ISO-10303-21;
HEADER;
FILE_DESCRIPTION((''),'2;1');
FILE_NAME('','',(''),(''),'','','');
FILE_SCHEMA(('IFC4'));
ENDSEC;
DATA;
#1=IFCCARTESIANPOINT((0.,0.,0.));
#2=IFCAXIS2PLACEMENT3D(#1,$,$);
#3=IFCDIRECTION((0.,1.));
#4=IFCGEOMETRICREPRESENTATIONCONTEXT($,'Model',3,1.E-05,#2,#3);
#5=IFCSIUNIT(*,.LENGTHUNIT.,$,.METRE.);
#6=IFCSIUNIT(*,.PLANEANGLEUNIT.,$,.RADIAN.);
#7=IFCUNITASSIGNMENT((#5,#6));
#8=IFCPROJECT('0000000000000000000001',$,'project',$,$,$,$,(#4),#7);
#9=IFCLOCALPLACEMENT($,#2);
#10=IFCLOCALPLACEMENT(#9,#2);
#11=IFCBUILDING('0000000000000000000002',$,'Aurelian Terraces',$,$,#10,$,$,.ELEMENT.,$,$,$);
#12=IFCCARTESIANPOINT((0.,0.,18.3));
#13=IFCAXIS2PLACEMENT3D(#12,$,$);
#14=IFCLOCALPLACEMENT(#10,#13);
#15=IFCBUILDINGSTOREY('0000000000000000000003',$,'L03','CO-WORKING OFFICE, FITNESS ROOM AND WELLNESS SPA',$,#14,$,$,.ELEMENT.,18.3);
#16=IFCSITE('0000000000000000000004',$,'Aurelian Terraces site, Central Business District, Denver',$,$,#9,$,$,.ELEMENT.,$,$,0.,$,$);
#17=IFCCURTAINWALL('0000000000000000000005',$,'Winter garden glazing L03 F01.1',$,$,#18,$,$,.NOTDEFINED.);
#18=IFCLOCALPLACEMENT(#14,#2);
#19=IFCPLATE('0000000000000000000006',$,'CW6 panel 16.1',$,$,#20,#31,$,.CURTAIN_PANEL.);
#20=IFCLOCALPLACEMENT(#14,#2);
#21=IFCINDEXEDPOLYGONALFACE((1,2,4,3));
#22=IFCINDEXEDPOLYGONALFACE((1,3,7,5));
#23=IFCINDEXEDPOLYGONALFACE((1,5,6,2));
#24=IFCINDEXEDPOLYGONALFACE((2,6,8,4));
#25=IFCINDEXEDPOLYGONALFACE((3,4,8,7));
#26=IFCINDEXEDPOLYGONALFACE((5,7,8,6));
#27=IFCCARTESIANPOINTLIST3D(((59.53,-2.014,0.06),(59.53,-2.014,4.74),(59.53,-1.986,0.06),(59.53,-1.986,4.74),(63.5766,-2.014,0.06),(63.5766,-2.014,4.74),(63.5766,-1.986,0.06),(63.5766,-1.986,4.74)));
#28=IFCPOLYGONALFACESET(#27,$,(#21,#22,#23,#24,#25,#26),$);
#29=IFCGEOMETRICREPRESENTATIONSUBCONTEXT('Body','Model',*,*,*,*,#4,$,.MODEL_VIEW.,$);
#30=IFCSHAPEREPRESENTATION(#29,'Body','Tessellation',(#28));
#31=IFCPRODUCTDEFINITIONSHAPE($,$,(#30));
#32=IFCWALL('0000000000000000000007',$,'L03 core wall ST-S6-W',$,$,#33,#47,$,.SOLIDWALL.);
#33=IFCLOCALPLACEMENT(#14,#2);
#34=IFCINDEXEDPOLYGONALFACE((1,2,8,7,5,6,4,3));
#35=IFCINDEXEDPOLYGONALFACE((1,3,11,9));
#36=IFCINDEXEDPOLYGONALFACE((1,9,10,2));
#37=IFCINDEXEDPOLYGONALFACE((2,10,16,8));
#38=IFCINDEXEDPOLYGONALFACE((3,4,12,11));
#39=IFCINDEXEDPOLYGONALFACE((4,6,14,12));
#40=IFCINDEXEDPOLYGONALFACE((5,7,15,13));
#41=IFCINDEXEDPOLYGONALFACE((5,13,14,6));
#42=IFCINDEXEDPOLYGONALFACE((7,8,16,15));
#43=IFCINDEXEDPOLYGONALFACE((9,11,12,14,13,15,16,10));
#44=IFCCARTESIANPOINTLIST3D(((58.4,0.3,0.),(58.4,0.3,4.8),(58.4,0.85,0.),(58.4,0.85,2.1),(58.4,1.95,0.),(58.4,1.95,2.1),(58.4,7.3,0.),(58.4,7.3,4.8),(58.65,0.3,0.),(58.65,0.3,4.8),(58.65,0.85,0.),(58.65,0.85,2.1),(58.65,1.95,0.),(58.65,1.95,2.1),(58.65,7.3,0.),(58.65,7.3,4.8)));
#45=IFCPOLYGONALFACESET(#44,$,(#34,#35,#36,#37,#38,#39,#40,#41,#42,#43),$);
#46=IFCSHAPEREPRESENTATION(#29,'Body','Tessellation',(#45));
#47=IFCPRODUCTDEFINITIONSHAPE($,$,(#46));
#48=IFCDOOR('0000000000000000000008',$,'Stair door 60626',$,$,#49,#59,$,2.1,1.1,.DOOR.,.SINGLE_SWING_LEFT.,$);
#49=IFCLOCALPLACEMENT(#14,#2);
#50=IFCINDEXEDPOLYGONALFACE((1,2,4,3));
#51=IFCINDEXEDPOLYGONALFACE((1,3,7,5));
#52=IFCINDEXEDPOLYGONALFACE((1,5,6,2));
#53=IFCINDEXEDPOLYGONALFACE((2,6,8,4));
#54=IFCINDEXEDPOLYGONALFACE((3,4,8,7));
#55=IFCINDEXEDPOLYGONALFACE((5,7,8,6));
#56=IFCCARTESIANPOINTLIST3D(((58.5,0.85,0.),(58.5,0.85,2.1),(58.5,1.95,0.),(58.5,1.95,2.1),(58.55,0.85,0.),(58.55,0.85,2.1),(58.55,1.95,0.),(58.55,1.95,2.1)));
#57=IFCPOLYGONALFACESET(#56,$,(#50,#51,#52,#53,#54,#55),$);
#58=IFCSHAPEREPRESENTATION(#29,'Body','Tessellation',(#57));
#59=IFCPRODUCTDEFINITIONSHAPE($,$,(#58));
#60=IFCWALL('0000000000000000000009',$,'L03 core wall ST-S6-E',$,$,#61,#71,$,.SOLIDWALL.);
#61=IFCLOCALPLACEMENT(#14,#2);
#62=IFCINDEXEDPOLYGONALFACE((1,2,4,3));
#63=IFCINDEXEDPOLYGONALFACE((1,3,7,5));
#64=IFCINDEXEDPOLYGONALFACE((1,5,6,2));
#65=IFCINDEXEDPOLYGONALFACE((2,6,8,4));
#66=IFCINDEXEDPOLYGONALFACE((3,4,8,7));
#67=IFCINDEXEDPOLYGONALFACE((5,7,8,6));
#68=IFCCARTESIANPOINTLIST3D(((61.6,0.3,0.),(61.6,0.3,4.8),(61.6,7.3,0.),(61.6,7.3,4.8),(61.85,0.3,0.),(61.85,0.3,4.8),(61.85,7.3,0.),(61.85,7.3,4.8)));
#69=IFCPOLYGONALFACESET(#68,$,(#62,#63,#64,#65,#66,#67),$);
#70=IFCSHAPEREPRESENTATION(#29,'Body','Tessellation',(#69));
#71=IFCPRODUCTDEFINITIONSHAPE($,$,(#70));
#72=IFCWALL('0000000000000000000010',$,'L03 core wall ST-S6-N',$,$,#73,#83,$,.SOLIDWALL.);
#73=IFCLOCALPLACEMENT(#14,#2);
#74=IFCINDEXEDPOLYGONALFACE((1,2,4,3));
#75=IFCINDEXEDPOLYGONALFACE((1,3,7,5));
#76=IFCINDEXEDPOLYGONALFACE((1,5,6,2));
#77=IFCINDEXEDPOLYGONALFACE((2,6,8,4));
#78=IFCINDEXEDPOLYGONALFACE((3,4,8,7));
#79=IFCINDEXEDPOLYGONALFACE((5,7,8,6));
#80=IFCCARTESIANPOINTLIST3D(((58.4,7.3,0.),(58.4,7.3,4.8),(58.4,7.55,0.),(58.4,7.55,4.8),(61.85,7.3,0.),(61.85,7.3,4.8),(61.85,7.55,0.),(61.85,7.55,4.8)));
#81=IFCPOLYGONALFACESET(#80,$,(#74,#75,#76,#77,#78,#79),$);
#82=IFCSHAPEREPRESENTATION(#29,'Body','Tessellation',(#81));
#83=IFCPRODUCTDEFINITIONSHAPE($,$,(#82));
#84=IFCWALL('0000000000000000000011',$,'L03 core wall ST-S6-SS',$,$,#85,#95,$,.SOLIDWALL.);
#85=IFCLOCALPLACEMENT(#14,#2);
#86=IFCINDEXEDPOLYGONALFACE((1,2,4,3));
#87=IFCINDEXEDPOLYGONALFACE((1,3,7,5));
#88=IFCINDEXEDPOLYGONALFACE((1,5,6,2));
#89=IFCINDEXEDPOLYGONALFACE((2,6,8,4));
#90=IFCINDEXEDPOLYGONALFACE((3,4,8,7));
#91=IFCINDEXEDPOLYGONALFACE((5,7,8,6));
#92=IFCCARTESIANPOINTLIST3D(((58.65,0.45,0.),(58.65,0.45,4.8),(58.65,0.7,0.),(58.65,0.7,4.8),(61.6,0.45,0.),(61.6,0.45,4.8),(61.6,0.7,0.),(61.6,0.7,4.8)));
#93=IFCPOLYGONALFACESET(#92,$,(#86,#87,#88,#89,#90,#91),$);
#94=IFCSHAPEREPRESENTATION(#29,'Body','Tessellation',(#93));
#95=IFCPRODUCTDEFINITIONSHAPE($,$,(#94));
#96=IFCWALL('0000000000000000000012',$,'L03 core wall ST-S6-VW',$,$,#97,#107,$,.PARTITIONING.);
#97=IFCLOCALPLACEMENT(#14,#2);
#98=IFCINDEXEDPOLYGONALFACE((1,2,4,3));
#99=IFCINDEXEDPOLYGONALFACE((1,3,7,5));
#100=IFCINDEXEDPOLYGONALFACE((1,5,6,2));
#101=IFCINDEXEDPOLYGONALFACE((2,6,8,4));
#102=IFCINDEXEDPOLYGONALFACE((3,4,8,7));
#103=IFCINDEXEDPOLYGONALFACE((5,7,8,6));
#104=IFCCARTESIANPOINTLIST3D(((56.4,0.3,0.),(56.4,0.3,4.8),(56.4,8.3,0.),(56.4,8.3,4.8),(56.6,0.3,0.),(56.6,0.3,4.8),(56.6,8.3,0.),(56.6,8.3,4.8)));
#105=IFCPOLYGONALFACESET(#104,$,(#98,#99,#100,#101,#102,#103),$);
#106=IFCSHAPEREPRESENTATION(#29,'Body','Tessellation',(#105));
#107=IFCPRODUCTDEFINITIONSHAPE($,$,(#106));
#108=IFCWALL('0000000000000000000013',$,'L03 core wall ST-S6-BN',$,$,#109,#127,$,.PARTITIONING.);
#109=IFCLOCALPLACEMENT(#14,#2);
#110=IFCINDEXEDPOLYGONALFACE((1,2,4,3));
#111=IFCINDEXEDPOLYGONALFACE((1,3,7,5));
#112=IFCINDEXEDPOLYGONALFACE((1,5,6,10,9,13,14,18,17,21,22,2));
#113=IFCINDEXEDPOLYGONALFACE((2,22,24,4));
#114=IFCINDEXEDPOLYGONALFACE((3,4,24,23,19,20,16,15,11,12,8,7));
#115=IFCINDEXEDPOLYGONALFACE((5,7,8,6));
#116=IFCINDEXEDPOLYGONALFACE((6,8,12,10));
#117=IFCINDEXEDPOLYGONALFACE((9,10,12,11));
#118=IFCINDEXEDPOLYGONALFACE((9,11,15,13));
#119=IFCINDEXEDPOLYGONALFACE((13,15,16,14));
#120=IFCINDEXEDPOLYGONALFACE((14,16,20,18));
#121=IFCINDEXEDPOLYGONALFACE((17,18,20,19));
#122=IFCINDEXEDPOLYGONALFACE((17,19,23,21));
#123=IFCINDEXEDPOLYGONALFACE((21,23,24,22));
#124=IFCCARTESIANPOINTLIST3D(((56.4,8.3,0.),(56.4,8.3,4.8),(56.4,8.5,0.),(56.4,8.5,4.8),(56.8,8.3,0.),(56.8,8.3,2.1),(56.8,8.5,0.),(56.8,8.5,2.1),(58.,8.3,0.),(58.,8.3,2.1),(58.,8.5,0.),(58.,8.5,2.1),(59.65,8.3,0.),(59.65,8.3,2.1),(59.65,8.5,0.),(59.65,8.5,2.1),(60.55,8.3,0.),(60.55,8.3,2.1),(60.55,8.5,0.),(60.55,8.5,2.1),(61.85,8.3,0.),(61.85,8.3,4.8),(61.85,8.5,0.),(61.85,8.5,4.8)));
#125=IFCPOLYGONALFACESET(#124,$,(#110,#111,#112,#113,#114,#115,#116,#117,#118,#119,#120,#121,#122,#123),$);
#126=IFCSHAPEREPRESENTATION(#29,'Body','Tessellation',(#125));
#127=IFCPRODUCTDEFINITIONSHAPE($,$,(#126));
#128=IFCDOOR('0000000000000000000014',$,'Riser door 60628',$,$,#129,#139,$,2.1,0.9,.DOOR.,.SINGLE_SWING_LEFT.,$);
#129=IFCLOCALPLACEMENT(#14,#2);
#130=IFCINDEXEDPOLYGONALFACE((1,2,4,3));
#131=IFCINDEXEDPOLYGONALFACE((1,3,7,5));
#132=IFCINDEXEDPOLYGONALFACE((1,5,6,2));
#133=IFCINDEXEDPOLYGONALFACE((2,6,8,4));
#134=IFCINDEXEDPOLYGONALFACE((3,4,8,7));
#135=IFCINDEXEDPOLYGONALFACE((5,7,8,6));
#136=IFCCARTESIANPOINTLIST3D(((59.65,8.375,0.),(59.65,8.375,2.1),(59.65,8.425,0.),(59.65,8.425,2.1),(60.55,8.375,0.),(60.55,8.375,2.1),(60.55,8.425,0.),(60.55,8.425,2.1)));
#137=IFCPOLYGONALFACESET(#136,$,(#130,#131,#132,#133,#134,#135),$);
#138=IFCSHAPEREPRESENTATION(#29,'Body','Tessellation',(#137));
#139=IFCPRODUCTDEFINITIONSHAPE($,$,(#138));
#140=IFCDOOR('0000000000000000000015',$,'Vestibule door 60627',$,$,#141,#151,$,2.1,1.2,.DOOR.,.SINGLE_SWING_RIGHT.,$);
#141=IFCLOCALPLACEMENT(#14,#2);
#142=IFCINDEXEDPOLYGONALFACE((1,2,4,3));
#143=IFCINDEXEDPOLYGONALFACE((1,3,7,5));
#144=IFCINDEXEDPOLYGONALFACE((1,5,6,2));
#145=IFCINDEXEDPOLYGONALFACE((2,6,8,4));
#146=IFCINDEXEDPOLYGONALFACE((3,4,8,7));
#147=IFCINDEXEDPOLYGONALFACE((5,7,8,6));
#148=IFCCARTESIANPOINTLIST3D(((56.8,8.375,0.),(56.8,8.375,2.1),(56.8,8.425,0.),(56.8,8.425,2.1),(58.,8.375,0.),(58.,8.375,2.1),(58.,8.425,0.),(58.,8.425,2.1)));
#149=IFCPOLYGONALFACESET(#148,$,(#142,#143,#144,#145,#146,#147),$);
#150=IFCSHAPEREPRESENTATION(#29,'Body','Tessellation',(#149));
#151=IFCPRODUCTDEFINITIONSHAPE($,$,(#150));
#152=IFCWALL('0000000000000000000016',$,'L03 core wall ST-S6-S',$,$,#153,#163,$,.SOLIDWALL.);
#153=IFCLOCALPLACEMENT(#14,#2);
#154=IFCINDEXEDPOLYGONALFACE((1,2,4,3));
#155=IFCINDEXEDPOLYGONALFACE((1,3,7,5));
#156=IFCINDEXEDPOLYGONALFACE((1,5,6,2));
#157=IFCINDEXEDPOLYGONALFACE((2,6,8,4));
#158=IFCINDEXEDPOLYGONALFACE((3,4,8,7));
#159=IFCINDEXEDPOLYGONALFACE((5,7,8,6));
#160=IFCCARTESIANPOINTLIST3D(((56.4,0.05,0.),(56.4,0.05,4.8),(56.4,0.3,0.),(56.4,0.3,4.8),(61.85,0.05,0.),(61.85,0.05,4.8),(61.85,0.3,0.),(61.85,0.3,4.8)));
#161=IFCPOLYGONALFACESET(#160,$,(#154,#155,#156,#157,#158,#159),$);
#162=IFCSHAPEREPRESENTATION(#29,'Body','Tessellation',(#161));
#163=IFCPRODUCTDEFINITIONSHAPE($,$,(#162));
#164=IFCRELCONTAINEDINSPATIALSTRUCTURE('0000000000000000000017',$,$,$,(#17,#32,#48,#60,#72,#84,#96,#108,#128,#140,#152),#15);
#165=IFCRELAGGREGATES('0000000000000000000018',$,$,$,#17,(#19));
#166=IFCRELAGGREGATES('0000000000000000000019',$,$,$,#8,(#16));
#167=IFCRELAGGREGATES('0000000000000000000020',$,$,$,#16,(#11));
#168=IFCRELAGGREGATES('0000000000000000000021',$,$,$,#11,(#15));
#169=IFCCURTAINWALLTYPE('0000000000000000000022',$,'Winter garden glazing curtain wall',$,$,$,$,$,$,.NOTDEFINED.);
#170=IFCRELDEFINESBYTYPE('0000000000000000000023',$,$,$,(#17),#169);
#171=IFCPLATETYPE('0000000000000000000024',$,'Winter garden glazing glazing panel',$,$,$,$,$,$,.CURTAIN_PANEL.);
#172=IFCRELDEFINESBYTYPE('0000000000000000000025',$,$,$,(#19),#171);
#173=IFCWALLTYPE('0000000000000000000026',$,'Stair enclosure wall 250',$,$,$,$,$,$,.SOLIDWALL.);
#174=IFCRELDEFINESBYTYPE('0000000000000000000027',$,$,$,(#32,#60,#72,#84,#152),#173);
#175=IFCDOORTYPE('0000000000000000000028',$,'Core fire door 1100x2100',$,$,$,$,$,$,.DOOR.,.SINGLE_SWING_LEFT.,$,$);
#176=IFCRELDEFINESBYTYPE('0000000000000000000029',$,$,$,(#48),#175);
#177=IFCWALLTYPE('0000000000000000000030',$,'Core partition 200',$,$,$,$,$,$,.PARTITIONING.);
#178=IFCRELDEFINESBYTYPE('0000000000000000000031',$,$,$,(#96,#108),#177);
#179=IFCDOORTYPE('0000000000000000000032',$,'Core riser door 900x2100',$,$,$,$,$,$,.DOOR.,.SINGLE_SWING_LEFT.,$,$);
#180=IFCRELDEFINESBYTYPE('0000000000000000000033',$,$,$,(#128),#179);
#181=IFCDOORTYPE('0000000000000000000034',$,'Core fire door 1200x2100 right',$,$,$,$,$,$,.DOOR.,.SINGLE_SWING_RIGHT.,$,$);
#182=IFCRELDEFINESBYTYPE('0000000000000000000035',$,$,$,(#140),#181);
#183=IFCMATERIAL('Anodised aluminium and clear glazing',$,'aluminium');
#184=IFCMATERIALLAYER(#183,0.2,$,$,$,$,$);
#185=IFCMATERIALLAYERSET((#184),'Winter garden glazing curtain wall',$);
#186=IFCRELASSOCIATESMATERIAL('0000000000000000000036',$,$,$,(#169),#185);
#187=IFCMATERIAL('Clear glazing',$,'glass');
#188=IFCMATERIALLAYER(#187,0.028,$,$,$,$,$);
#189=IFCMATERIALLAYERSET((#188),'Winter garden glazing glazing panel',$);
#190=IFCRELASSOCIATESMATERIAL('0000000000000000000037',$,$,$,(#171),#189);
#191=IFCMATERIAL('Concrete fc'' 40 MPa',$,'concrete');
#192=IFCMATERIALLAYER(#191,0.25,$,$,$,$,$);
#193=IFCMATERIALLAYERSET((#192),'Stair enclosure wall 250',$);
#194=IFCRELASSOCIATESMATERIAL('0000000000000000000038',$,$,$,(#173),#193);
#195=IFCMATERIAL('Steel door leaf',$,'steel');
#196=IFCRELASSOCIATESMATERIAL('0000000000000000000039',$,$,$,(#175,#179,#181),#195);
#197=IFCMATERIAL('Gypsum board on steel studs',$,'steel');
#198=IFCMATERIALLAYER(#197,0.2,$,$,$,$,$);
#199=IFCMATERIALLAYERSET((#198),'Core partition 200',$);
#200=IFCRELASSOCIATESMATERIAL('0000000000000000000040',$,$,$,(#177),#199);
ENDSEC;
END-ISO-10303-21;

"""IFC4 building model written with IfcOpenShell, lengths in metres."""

from ifc_helpers import new_model, si_unit, direction, frame, frame_2d, origin, origin_2d, place, context, subcontext, project, spatial, rectangle, extrude, source, transform, mapped, material, layer, layer_set, type_object, element, fill, aggregate, save


model = new_model("IFC4")

# Units and contexts
model_context = context("Model", 3, precision=1e-05, world=origin(), true_north=direction((0.0, 1.0)))
body_context = subcontext(model_context, "Body", "Model", "MODEL_VIEW")
ifc_project = project(units=[si_unit("LENGTHUNIT", "METRE"), si_unit("PLANEANGLEUNIT", "RADIAN")], contexts=[model_context])

# Site, building, storey
site_placement = place(None, origin())
site = spatial("IfcSite", under=ifc_project, at=site_placement, Name="Aurelian Terraces site, Central Business District, Denver", CompositionType="ELEMENT", RefElevation=0.0)
building_placement = place(site_placement, origin())
building = spatial("IfcBuilding", under=site, at=building_placement, Name="Aurelian Terraces", CompositionType="ELEMENT")
storey_placement = place(building_placement, frame((0.0, 0.0, 18.3)))
storey = spatial("IfcBuildingStorey", under=building, at=storey_placement, Name="L03", Description="CO-WORKING OFFICE, FITNESS ROOM AND WELLNESS SPA", CompositionType="ELEMENT", Elevation=18.3)

# Curtain wall, plate
ifc_material_1 = material(Name="Anodised aluminium and clear glazing", Category="aluminium")
ifc_layer_1 = layer(ifc_material_1, 0.2)
ifc_layer_set_1 = layer_set([ifc_layer_1], Name="Winter garden glazing curtain wall")
curtain_wall_type = type_object("IfcCurtainWallType", Name="Winter garden glazing curtain wall", PredefinedType="NOTDEFINED", material=ifc_layer_set_1)
curtain_wall_placement = place(storey_placement, origin())
curtain_wall = element("IfcCurtainWall", 1, at=curtain_wall_placement, inside=storey, type_object=curtain_wall_type, Name="Winter garden glazing L03 F01.1", PredefinedType="NOTDEFINED")
ifc_material_2 = material(Name="Clear glazing", Category="glass")
ifc_layer_2 = layer(ifc_material_2, 0.028)
ifc_layer_set_2 = layer_set([ifc_layer_2], Name="Winter garden glazing glazing panel")
plate_type = type_object("IfcPlateType", Name="Winter garden glazing glazing panel", PredefinedType="CURTAIN_PANEL", material=ifc_layer_set_2)
shared_shape_1 = source(origin(), body_context, "Body", "SweptSolid", [
    extrude(rectangle(XDim=4.0467, YDim=0.028, at=origin_2d()), origin(), (0.0, 0.0, 1.0), 4.68),
])
plate_1_placement = place(storey_placement, frame((61.5533, -2.0, 0.06), z_axis=(0.0, 0.0, 1.0), x_axis=(1.0, 0.0, 0.0)))
plate_1 = element("IfcPlate", 2, at=plate_1_placement, type_object=plate_type, Name="CW6 panel 16.1", PredefinedType="CURTAIN_PANEL", context=body_context, shape_type="MappedRepresentation", body=[
    mapped(shared_shape_1, transform((0.0, 0.0, 0.0), scale=1.0)),
])
aggregate(curtain_wall, [plate_1])

# Wall, opening, door
ifc_material_3 = material(Name="Concrete fc' 40 MPa", Category="concrete")
ifc_layer_3 = layer(ifc_material_3, 0.25)
ifc_layer_set_3 = layer_set([ifc_layer_3], Name="Stair enclosure wall 250")
wall_type_1 = type_object("IfcWallType", Name="Stair enclosure wall 250", PredefinedType="SOLIDWALL", material=ifc_layer_set_3)
shared_shape_2 = source(origin(), body_context, "Body", "SweptSolid", [
    extrude(rectangle(XDim=7.0, YDim=0.25, at=frame_2d((3.5, 0.0))), origin(), (0.0, 0.0, 1.0), 4.8),
])
wall_1_placement = place(storey_placement, frame((58.525, 0.3, 0.0), z_axis=(0.0, 0.0, 1.0), x_axis=(0.0, 1.0, 0.0)))
wall_1 = element("IfcWall", 3, at=wall_1_placement, inside=storey, type_object=wall_type_1, Name="L03 core wall ST-S6-W", PredefinedType="SOLIDWALL", context=body_context, shape_type="MappedRepresentation", body=[
    mapped(shared_shape_2, transform((0.0, 0.0, 0.0), scale=1.0)),
])
shared_shape_3 = source(origin(), body_context, "Body", "SweptSolid", [
    extrude(rectangle(XDim=1.1, YDim=2.1, at=frame_2d((0.55, 1.05))), frame((0.0, 0.135, 0.0), z_axis=(0.0, -1.0, 0.0), x_axis=(1.0, 0.0, 0.0)), (0.0, 0.0, 1.0), 0.27),
])
opening_1_placement = place(wall_1_placement, frame((0.55, 0.0, 0.0)))
opening_1 = element("IfcOpeningElement", 4, at=opening_1_placement, cuts=wall_1, PredefinedType="OPENING", context=body_context, shape_type="MappedRepresentation", body=[
    mapped(shared_shape_3, transform((0.0, 0.0, 0.0), scale=1.0)),
])
ifc_material_4 = material(Name="Steel door leaf", Category="steel")
door_type_1 = type_object("IfcDoorType", Name="Core fire door 1100x2100", OperationType="SINGLE_SWING_LEFT", PredefinedType="DOOR", material=ifc_material_4)
shared_shape_4 = source(origin(), body_context, "Body", "SweptSolid", [
    extrude(rectangle(XDim=1.1, YDim=2.1, at=frame_2d((0.55, 1.05))), frame((0.0, 0.025, 0.0), z_axis=(0.0, -1.0, 0.0), x_axis=(1.0, 0.0, 0.0)), (0.0, 0.0, 1.0), 0.05),
])
door_1_placement = place(opening_1_placement, origin())
door_1 = element("IfcDoor", 5, at=door_1_placement, inside=storey, type_object=door_type_1, Name="Stair door 60626", OperationType="SINGLE_SWING_LEFT", OverallHeight=2.1, OverallWidth=1.1, PredefinedType="DOOR", context=body_context, shape_type="MappedRepresentation", body=[
    mapped(shared_shape_4, transform((0.0, 0.0, 0.0), scale=1.0)),
])
fill(opening_1, door_1)

# Walls
wall_2_placement = place(storey_placement, frame((61.725, 0.3, 0.0), z_axis=(0.0, 0.0, 1.0), x_axis=(0.0, 1.0, 0.0)))
element("IfcWall", 6, at=wall_2_placement, inside=storey, type_object=wall_type_1, Name="L03 core wall ST-S6-E", PredefinedType="SOLIDWALL", context=body_context, shape_type="MappedRepresentation", body=[
    mapped(shared_shape_2, transform((0.0, 0.0, 0.0), scale=1.0)),
])
shared_shape_5 = source(origin(), body_context, "Body", "SweptSolid", [
    extrude(rectangle(XDim=3.45, YDim=0.25, at=frame_2d((1.725, 0.0))), origin(), (0.0, 0.0, 1.0), 4.8),
])
wall_3_placement = place(storey_placement, frame((58.4, 7.425, 0.0), z_axis=(0.0, 0.0, 1.0), x_axis=(1.0, 0.0, 0.0)))
element("IfcWall", 7, at=wall_3_placement, inside=storey, type_object=wall_type_1, Name="L03 core wall ST-S6-N", PredefinedType="SOLIDWALL", context=body_context, shape_type="MappedRepresentation", body=[
    mapped(shared_shape_5, transform((0.0, 0.0, 0.0), scale=1.0)),
])
shared_shape_6 = source(origin(), body_context, "Body", "SweptSolid", [
    extrude(rectangle(XDim=2.95, YDim=0.25, at=frame_2d((1.475, 0.0))), origin(), (0.0, 0.0, 1.0), 4.8),
])
wall_4_placement = place(storey_placement, frame((58.65, 0.575, 0.0), z_axis=(0.0, 0.0, 1.0), x_axis=(1.0, 0.0, 0.0)))
element("IfcWall", 8, at=wall_4_placement, inside=storey, type_object=wall_type_1, Name="L03 core wall ST-S6-SS", PredefinedType="SOLIDWALL", context=body_context, shape_type="MappedRepresentation", body=[
    mapped(shared_shape_6, transform((0.0, 0.0, 0.0), scale=1.0)),
])
ifc_material_5 = material(Name="Gypsum board on steel studs", Category="steel")
ifc_layer_4 = layer(ifc_material_5, 0.2)
ifc_layer_set_4 = layer_set([ifc_layer_4], Name="Core partition 200")
wall_type_2 = type_object("IfcWallType", Name="Core partition 200", PredefinedType="PARTITIONING", material=ifc_layer_set_4)
shared_shape_7 = source(origin(), body_context, "Body", "SweptSolid", [
    extrude(rectangle(XDim=8.0, YDim=0.2, at=frame_2d((4.0, 0.0))), origin(), (0.0, 0.0, 1.0), 4.8),
])
wall_5_placement = place(storey_placement, frame((56.5, 0.3, 0.0), z_axis=(0.0, 0.0, 1.0), x_axis=(0.0, 1.0, 0.0)))
element("IfcWall", 9, at=wall_5_placement, inside=storey, type_object=wall_type_2, Name="L03 core wall ST-S6-VW", PredefinedType="PARTITIONING", context=body_context, shape_type="MappedRepresentation", body=[
    mapped(shared_shape_7, transform((0.0, 0.0, 0.0), scale=1.0)),
])

# Wall, openings, doors
shared_shape_8 = source(origin(), body_context, "Body", "SweptSolid", [
    extrude(rectangle(XDim=5.45, YDim=0.2, at=frame_2d((2.725, 0.0))), origin(), (0.0, 0.0, 1.0), 4.8),
])
wall_6_placement = place(storey_placement, frame((56.4, 8.4, 0.0), z_axis=(0.0, 0.0, 1.0), x_axis=(1.0, 0.0, 0.0)))
wall_6 = element("IfcWall", 10, at=wall_6_placement, inside=storey, type_object=wall_type_2, Name="L03 core wall ST-S6-BN", PredefinedType="PARTITIONING", context=body_context, shape_type="MappedRepresentation", body=[
    mapped(shared_shape_8, transform((0.0, 0.0, 0.0), scale=1.0)),
])
shared_shape_9 = source(origin(), body_context, "Body", "SweptSolid", [
    extrude(rectangle(XDim=1.2, YDim=2.1, at=frame_2d((0.6, 1.05))), frame((0.0, 0.11, 0.0), z_axis=(0.0, -1.0, 0.0), x_axis=(1.0, 0.0, 0.0)), (0.0, 0.0, 1.0), 0.22),
])
opening_2_placement = place(wall_6_placement, frame((0.4, 0.0, 0.0)))
opening_2 = element("IfcOpeningElement", 11, at=opening_2_placement, cuts=wall_6, PredefinedType="OPENING", context=body_context, shape_type="MappedRepresentation", body=[
    mapped(shared_shape_9, transform((0.0, 0.0, 0.0), scale=1.0)),
])
shared_shape_10 = source(origin(), body_context, "Body", "SweptSolid", [
    extrude(rectangle(XDim=0.9, YDim=2.1, at=frame_2d((0.45, 1.05))), frame((0.0, 0.11, 0.0), z_axis=(0.0, -1.0, 0.0), x_axis=(1.0, 0.0, 0.0)), (0.0, 0.0, 1.0), 0.22),
])
opening_3_placement = place(wall_6_placement, frame((3.25, 0.0, 0.0)))
opening_3 = element("IfcOpeningElement", 12, at=opening_3_placement, cuts=wall_6, PredefinedType="OPENING", context=body_context, shape_type="MappedRepresentation", body=[
    mapped(shared_shape_10, transform((0.0, 0.0, 0.0), scale=1.0)),
])
door_type_2 = type_object("IfcDoorType", Name="Core riser door 900x2100", OperationType="SINGLE_SWING_LEFT", PredefinedType="DOOR", material=ifc_material_4)
shared_shape_11 = source(origin(), body_context, "Body", "SweptSolid", [
    extrude(rectangle(XDim=0.9, YDim=2.1, at=frame_2d((0.45, 1.05))), frame((0.0, 0.025, 0.0), z_axis=(0.0, -1.0, 0.0), x_axis=(1.0, 0.0, 0.0)), (0.0, 0.0, 1.0), 0.05),
])
door_2_placement = place(opening_3_placement, origin())
door_2 = element("IfcDoor", 13, at=door_2_placement, inside=storey, type_object=door_type_2, Name="Riser door 60628", OperationType="SINGLE_SWING_LEFT", OverallHeight=2.1, OverallWidth=0.9, PredefinedType="DOOR", context=body_context, shape_type="MappedRepresentation", body=[
    mapped(shared_shape_11, transform((0.0, 0.0, 0.0), scale=1.0)),
])
fill(opening_3, door_2)
door_type_3 = type_object("IfcDoorType", Name="Core fire door 1200x2100 right", OperationType="SINGLE_SWING_RIGHT", PredefinedType="DOOR", material=ifc_material_4)
shared_shape_12 = source(origin(), body_context, "Body", "SweptSolid", [
    extrude(rectangle(XDim=1.2, YDim=2.1, at=frame_2d((0.6, 1.05))), frame((0.0, 0.025, 0.0), z_axis=(0.0, -1.0, 0.0), x_axis=(1.0, 0.0, 0.0)), (0.0, 0.0, 1.0), 0.05),
])
door_3_placement = place(opening_2_placement, origin())
door_3 = element("IfcDoor", 14, at=door_3_placement, inside=storey, type_object=door_type_3, Name="Vestibule door 60627", OperationType="SINGLE_SWING_RIGHT", OverallHeight=2.1, OverallWidth=1.2, PredefinedType="DOOR", context=body_context, shape_type="MappedRepresentation", body=[
    mapped(shared_shape_12, transform((0.0, 0.0, 0.0), scale=1.0)),
])
fill(opening_2, door_3)

# Wall
shared_shape_13 = source(origin(), body_context, "Body", "SweptSolid", [
    extrude(rectangle(XDim=5.45, YDim=0.25, at=frame_2d((2.725, 0.0))), origin(), (0.0, 0.0, 1.0), 4.8),
])
wall_7_placement = place(storey_placement, frame((56.4, 0.175, 0.0), z_axis=(0.0, 0.0, 1.0), x_axis=(1.0, 0.0, 0.0)))
element("IfcWall", 15, at=wall_7_placement, inside=storey, type_object=wall_type_1, Name="L03 core wall ST-S6-S", PredefinedType="SOLIDWALL", context=body_context, shape_type="MappedRepresentation", body=[
    mapped(shared_shape_13, transform((0.0, 0.0, 0.0), scale=1.0)),
])

save(model, "model.ifc")
